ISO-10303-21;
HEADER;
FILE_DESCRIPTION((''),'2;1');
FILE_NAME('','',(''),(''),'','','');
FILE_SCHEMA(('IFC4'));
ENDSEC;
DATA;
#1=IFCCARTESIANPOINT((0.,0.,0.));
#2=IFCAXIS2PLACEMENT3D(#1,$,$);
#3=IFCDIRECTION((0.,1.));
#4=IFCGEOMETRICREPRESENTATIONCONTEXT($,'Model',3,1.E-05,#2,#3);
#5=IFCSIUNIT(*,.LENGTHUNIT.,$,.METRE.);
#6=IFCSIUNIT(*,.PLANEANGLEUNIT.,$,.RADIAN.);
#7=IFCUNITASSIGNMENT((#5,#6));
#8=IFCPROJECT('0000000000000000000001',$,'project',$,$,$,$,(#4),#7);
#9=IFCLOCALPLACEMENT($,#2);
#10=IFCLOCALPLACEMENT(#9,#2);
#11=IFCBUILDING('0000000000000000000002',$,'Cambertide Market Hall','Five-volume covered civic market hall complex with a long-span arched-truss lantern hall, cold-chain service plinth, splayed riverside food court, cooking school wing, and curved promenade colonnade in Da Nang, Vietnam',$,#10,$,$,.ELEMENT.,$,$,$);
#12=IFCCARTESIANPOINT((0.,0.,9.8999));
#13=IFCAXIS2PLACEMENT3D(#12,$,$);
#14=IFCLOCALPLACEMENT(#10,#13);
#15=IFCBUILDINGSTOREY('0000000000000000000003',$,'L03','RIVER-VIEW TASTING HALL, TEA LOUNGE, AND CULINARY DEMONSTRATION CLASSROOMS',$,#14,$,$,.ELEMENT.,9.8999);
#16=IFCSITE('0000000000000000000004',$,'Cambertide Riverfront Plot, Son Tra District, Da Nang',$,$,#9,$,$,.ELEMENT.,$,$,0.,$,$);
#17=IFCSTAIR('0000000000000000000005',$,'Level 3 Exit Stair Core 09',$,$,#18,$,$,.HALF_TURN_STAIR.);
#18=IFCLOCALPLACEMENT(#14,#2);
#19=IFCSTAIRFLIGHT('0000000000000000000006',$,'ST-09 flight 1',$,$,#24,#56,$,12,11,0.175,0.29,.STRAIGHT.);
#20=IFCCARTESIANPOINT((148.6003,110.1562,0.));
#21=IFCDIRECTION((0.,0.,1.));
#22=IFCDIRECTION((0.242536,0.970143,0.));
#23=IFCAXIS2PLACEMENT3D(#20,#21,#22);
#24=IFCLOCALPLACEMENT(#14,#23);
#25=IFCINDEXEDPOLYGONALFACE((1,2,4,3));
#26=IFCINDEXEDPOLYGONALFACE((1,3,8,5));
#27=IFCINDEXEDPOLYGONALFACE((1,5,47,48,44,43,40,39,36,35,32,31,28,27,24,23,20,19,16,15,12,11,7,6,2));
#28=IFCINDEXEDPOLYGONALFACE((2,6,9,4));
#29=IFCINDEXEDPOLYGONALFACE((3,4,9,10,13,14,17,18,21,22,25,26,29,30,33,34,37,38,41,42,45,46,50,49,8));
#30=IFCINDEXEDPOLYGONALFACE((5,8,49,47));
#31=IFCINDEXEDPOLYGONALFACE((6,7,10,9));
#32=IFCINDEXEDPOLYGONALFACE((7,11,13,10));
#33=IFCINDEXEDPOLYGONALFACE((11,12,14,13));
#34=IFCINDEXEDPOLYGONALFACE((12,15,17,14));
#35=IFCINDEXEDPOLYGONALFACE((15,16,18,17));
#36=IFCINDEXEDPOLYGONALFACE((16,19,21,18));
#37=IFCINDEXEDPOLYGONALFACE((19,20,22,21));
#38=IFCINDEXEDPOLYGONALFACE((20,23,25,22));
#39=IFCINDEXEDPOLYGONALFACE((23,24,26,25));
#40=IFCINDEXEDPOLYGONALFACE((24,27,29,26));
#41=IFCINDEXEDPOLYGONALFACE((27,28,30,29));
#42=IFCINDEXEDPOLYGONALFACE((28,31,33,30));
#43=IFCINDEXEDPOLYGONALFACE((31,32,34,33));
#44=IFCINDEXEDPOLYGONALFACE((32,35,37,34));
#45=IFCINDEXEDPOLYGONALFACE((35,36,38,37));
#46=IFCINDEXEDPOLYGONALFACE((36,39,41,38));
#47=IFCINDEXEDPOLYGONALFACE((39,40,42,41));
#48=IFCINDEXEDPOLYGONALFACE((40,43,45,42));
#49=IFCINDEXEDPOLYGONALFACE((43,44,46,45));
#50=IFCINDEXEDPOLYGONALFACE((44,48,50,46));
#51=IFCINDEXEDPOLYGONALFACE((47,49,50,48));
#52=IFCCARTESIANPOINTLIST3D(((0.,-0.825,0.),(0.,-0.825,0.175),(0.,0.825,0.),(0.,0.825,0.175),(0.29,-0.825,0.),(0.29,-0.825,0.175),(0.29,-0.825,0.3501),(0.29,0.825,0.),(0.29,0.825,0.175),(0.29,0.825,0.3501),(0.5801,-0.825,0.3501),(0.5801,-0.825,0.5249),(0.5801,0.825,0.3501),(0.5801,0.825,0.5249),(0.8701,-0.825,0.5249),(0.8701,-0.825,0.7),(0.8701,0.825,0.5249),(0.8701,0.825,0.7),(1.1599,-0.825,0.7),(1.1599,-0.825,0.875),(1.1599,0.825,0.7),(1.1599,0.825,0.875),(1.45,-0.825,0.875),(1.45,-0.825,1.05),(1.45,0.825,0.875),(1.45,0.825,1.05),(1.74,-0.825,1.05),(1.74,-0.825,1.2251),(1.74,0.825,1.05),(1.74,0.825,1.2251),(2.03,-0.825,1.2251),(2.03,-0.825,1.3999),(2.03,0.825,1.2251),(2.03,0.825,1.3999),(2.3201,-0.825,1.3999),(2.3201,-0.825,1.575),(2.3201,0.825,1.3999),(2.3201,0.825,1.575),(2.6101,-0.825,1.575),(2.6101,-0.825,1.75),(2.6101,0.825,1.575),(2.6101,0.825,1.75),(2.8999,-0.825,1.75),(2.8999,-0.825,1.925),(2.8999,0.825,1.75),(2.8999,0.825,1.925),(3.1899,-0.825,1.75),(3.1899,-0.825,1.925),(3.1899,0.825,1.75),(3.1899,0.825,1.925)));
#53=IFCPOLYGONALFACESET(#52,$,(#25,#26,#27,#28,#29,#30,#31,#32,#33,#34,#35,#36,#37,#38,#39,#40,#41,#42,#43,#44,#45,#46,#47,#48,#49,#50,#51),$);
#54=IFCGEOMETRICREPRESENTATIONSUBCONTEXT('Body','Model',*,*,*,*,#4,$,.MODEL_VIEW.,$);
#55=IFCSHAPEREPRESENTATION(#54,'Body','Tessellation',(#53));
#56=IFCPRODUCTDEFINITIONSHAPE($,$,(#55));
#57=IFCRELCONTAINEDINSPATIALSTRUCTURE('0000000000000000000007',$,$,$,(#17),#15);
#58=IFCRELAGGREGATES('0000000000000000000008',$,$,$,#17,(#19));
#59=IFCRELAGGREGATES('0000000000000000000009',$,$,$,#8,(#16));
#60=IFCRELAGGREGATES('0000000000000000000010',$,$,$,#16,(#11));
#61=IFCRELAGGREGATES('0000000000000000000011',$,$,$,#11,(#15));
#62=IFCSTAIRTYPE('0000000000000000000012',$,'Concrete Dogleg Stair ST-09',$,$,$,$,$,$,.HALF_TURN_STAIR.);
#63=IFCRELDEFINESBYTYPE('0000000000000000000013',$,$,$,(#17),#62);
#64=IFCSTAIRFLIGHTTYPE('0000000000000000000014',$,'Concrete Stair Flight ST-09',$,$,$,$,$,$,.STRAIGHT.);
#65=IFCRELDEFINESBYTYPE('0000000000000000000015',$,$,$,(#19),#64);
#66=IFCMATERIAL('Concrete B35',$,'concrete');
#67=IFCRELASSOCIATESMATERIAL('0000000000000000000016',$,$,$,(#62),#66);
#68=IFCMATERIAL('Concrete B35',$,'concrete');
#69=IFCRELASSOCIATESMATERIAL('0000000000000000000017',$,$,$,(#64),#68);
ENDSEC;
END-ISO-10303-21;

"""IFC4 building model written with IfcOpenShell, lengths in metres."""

from ifc_helpers import new_model, si_unit, direction, frame, origin, place, context, subcontext, project, spatial, polyline, outline, extrude, material, type_object, element, aggregate, save


model = new_model("IFC4")

# Units and contexts
model_context = context("Model", 3, precision=1e-05, world=origin(), true_north=direction((0.0, 1.0)))
body_context = subcontext(model_context, "Body", "Model", "MODEL_VIEW")
ifc_project = project(units=[si_unit("LENGTHUNIT", "METRE"), si_unit("PLANEANGLEUNIT", "RADIAN")], contexts=[model_context])

# Site, building, storey
site_placement = place(None, origin())
site = spatial("IfcSite", under=ifc_project, at=site_placement, Name="Cambertide Riverfront Plot, Son Tra District, Da Nang", CompositionType="ELEMENT", RefElevation=0.0)
building_placement = place(site_placement, origin())
building = spatial("IfcBuilding", under=site, at=building_placement, Name="Cambertide Market Hall", Description="Five-volume covered civic market hall complex with a long-span arched-truss lantern hall, cold-chain service plinth, splayed riverside food court, cooking school wing, and curved promenade colonnade in Da Nang, Vietnam", CompositionType="ELEMENT")
storey_placement = place(building_placement, frame((0.0, 0.0, 9.8999)))
storey = spatial("IfcBuildingStorey", under=building, at=storey_placement, Name="L03", Description="RIVER-VIEW TASTING HALL, TEA LOUNGE, AND CULINARY DEMONSTRATION CLASSROOMS", CompositionType="ELEMENT", Elevation=9.8999)

# Stair, stair flight
ifc_material_1 = material(Name="Concrete B35", Category="concrete")
stair_type = type_object("IfcStairType", Name="Concrete Dogleg Stair ST-09", PredefinedType="HALF_TURN_STAIR", material=ifc_material_1)
stair_placement = place(storey_placement, origin())
stair = element("IfcStair", 1, at=stair_placement, inside=storey, type_object=stair_type, Name="Level 3 Exit Stair Core 09", PredefinedType="HALF_TURN_STAIR")
ifc_material_2 = material(Name="Concrete B35", Category="concrete")
stair_flight_type = type_object("IfcStairFlightType", Name="Concrete Stair Flight ST-09", PredefinedType="STRAIGHT", material=ifc_material_2)
stair_flight_placement = place(storey_placement, frame((148.6003, 110.1562, 0.0), z_axis=(0.0, 0.0, 1.0), x_axis=(0.242536, 0.970143, 0.0)))
stair_flight = element("IfcStairFlight", 2, at=stair_flight_placement, type_object=stair_flight_type, Name="ST-09 flight 1", NumberOfRisers=12, NumberOfTreads=11, PredefinedType="STRAIGHT", RiserHeight=0.175, TreadLength=0.29, context=body_context, shape_type="SweptSolid", body=[
    extrude(outline(polyline([(0.0, 0.0), (0.0, 0.175), (0.29, 0.175), (0.29, 0.3501), (0.5801, 0.3501), (0.5801, 0.5249), (0.8701, 0.5249), (0.8701, 0.7), (1.1599, 0.7), (1.1599, 0.875), (1.45, 0.875), (1.45, 1.05), (1.74, 1.05), (1.74, 1.2251), (2.03, 1.2251), (2.03, 1.3999), (2.3201, 1.3999), (2.3201, 1.575), (2.6101, 1.575), (2.6101, 1.75), (2.8999, 1.75), (2.8999, 1.925), (3.1899, 1.925), (3.1899, 2.1001), (3.1899, 1.75), (0.29, 0.0), (0.0, 0.0)])), frame((0.0, 0.825, 0.0), z_axis=(0.0, -1.0, 0.0), x_axis=(1.0, 0.0, 0.0)), (0.0, 0.0, 1.0), 1.6499),
])
aggregate(stair, [stair_flight])

save(model, "model.ifc")
